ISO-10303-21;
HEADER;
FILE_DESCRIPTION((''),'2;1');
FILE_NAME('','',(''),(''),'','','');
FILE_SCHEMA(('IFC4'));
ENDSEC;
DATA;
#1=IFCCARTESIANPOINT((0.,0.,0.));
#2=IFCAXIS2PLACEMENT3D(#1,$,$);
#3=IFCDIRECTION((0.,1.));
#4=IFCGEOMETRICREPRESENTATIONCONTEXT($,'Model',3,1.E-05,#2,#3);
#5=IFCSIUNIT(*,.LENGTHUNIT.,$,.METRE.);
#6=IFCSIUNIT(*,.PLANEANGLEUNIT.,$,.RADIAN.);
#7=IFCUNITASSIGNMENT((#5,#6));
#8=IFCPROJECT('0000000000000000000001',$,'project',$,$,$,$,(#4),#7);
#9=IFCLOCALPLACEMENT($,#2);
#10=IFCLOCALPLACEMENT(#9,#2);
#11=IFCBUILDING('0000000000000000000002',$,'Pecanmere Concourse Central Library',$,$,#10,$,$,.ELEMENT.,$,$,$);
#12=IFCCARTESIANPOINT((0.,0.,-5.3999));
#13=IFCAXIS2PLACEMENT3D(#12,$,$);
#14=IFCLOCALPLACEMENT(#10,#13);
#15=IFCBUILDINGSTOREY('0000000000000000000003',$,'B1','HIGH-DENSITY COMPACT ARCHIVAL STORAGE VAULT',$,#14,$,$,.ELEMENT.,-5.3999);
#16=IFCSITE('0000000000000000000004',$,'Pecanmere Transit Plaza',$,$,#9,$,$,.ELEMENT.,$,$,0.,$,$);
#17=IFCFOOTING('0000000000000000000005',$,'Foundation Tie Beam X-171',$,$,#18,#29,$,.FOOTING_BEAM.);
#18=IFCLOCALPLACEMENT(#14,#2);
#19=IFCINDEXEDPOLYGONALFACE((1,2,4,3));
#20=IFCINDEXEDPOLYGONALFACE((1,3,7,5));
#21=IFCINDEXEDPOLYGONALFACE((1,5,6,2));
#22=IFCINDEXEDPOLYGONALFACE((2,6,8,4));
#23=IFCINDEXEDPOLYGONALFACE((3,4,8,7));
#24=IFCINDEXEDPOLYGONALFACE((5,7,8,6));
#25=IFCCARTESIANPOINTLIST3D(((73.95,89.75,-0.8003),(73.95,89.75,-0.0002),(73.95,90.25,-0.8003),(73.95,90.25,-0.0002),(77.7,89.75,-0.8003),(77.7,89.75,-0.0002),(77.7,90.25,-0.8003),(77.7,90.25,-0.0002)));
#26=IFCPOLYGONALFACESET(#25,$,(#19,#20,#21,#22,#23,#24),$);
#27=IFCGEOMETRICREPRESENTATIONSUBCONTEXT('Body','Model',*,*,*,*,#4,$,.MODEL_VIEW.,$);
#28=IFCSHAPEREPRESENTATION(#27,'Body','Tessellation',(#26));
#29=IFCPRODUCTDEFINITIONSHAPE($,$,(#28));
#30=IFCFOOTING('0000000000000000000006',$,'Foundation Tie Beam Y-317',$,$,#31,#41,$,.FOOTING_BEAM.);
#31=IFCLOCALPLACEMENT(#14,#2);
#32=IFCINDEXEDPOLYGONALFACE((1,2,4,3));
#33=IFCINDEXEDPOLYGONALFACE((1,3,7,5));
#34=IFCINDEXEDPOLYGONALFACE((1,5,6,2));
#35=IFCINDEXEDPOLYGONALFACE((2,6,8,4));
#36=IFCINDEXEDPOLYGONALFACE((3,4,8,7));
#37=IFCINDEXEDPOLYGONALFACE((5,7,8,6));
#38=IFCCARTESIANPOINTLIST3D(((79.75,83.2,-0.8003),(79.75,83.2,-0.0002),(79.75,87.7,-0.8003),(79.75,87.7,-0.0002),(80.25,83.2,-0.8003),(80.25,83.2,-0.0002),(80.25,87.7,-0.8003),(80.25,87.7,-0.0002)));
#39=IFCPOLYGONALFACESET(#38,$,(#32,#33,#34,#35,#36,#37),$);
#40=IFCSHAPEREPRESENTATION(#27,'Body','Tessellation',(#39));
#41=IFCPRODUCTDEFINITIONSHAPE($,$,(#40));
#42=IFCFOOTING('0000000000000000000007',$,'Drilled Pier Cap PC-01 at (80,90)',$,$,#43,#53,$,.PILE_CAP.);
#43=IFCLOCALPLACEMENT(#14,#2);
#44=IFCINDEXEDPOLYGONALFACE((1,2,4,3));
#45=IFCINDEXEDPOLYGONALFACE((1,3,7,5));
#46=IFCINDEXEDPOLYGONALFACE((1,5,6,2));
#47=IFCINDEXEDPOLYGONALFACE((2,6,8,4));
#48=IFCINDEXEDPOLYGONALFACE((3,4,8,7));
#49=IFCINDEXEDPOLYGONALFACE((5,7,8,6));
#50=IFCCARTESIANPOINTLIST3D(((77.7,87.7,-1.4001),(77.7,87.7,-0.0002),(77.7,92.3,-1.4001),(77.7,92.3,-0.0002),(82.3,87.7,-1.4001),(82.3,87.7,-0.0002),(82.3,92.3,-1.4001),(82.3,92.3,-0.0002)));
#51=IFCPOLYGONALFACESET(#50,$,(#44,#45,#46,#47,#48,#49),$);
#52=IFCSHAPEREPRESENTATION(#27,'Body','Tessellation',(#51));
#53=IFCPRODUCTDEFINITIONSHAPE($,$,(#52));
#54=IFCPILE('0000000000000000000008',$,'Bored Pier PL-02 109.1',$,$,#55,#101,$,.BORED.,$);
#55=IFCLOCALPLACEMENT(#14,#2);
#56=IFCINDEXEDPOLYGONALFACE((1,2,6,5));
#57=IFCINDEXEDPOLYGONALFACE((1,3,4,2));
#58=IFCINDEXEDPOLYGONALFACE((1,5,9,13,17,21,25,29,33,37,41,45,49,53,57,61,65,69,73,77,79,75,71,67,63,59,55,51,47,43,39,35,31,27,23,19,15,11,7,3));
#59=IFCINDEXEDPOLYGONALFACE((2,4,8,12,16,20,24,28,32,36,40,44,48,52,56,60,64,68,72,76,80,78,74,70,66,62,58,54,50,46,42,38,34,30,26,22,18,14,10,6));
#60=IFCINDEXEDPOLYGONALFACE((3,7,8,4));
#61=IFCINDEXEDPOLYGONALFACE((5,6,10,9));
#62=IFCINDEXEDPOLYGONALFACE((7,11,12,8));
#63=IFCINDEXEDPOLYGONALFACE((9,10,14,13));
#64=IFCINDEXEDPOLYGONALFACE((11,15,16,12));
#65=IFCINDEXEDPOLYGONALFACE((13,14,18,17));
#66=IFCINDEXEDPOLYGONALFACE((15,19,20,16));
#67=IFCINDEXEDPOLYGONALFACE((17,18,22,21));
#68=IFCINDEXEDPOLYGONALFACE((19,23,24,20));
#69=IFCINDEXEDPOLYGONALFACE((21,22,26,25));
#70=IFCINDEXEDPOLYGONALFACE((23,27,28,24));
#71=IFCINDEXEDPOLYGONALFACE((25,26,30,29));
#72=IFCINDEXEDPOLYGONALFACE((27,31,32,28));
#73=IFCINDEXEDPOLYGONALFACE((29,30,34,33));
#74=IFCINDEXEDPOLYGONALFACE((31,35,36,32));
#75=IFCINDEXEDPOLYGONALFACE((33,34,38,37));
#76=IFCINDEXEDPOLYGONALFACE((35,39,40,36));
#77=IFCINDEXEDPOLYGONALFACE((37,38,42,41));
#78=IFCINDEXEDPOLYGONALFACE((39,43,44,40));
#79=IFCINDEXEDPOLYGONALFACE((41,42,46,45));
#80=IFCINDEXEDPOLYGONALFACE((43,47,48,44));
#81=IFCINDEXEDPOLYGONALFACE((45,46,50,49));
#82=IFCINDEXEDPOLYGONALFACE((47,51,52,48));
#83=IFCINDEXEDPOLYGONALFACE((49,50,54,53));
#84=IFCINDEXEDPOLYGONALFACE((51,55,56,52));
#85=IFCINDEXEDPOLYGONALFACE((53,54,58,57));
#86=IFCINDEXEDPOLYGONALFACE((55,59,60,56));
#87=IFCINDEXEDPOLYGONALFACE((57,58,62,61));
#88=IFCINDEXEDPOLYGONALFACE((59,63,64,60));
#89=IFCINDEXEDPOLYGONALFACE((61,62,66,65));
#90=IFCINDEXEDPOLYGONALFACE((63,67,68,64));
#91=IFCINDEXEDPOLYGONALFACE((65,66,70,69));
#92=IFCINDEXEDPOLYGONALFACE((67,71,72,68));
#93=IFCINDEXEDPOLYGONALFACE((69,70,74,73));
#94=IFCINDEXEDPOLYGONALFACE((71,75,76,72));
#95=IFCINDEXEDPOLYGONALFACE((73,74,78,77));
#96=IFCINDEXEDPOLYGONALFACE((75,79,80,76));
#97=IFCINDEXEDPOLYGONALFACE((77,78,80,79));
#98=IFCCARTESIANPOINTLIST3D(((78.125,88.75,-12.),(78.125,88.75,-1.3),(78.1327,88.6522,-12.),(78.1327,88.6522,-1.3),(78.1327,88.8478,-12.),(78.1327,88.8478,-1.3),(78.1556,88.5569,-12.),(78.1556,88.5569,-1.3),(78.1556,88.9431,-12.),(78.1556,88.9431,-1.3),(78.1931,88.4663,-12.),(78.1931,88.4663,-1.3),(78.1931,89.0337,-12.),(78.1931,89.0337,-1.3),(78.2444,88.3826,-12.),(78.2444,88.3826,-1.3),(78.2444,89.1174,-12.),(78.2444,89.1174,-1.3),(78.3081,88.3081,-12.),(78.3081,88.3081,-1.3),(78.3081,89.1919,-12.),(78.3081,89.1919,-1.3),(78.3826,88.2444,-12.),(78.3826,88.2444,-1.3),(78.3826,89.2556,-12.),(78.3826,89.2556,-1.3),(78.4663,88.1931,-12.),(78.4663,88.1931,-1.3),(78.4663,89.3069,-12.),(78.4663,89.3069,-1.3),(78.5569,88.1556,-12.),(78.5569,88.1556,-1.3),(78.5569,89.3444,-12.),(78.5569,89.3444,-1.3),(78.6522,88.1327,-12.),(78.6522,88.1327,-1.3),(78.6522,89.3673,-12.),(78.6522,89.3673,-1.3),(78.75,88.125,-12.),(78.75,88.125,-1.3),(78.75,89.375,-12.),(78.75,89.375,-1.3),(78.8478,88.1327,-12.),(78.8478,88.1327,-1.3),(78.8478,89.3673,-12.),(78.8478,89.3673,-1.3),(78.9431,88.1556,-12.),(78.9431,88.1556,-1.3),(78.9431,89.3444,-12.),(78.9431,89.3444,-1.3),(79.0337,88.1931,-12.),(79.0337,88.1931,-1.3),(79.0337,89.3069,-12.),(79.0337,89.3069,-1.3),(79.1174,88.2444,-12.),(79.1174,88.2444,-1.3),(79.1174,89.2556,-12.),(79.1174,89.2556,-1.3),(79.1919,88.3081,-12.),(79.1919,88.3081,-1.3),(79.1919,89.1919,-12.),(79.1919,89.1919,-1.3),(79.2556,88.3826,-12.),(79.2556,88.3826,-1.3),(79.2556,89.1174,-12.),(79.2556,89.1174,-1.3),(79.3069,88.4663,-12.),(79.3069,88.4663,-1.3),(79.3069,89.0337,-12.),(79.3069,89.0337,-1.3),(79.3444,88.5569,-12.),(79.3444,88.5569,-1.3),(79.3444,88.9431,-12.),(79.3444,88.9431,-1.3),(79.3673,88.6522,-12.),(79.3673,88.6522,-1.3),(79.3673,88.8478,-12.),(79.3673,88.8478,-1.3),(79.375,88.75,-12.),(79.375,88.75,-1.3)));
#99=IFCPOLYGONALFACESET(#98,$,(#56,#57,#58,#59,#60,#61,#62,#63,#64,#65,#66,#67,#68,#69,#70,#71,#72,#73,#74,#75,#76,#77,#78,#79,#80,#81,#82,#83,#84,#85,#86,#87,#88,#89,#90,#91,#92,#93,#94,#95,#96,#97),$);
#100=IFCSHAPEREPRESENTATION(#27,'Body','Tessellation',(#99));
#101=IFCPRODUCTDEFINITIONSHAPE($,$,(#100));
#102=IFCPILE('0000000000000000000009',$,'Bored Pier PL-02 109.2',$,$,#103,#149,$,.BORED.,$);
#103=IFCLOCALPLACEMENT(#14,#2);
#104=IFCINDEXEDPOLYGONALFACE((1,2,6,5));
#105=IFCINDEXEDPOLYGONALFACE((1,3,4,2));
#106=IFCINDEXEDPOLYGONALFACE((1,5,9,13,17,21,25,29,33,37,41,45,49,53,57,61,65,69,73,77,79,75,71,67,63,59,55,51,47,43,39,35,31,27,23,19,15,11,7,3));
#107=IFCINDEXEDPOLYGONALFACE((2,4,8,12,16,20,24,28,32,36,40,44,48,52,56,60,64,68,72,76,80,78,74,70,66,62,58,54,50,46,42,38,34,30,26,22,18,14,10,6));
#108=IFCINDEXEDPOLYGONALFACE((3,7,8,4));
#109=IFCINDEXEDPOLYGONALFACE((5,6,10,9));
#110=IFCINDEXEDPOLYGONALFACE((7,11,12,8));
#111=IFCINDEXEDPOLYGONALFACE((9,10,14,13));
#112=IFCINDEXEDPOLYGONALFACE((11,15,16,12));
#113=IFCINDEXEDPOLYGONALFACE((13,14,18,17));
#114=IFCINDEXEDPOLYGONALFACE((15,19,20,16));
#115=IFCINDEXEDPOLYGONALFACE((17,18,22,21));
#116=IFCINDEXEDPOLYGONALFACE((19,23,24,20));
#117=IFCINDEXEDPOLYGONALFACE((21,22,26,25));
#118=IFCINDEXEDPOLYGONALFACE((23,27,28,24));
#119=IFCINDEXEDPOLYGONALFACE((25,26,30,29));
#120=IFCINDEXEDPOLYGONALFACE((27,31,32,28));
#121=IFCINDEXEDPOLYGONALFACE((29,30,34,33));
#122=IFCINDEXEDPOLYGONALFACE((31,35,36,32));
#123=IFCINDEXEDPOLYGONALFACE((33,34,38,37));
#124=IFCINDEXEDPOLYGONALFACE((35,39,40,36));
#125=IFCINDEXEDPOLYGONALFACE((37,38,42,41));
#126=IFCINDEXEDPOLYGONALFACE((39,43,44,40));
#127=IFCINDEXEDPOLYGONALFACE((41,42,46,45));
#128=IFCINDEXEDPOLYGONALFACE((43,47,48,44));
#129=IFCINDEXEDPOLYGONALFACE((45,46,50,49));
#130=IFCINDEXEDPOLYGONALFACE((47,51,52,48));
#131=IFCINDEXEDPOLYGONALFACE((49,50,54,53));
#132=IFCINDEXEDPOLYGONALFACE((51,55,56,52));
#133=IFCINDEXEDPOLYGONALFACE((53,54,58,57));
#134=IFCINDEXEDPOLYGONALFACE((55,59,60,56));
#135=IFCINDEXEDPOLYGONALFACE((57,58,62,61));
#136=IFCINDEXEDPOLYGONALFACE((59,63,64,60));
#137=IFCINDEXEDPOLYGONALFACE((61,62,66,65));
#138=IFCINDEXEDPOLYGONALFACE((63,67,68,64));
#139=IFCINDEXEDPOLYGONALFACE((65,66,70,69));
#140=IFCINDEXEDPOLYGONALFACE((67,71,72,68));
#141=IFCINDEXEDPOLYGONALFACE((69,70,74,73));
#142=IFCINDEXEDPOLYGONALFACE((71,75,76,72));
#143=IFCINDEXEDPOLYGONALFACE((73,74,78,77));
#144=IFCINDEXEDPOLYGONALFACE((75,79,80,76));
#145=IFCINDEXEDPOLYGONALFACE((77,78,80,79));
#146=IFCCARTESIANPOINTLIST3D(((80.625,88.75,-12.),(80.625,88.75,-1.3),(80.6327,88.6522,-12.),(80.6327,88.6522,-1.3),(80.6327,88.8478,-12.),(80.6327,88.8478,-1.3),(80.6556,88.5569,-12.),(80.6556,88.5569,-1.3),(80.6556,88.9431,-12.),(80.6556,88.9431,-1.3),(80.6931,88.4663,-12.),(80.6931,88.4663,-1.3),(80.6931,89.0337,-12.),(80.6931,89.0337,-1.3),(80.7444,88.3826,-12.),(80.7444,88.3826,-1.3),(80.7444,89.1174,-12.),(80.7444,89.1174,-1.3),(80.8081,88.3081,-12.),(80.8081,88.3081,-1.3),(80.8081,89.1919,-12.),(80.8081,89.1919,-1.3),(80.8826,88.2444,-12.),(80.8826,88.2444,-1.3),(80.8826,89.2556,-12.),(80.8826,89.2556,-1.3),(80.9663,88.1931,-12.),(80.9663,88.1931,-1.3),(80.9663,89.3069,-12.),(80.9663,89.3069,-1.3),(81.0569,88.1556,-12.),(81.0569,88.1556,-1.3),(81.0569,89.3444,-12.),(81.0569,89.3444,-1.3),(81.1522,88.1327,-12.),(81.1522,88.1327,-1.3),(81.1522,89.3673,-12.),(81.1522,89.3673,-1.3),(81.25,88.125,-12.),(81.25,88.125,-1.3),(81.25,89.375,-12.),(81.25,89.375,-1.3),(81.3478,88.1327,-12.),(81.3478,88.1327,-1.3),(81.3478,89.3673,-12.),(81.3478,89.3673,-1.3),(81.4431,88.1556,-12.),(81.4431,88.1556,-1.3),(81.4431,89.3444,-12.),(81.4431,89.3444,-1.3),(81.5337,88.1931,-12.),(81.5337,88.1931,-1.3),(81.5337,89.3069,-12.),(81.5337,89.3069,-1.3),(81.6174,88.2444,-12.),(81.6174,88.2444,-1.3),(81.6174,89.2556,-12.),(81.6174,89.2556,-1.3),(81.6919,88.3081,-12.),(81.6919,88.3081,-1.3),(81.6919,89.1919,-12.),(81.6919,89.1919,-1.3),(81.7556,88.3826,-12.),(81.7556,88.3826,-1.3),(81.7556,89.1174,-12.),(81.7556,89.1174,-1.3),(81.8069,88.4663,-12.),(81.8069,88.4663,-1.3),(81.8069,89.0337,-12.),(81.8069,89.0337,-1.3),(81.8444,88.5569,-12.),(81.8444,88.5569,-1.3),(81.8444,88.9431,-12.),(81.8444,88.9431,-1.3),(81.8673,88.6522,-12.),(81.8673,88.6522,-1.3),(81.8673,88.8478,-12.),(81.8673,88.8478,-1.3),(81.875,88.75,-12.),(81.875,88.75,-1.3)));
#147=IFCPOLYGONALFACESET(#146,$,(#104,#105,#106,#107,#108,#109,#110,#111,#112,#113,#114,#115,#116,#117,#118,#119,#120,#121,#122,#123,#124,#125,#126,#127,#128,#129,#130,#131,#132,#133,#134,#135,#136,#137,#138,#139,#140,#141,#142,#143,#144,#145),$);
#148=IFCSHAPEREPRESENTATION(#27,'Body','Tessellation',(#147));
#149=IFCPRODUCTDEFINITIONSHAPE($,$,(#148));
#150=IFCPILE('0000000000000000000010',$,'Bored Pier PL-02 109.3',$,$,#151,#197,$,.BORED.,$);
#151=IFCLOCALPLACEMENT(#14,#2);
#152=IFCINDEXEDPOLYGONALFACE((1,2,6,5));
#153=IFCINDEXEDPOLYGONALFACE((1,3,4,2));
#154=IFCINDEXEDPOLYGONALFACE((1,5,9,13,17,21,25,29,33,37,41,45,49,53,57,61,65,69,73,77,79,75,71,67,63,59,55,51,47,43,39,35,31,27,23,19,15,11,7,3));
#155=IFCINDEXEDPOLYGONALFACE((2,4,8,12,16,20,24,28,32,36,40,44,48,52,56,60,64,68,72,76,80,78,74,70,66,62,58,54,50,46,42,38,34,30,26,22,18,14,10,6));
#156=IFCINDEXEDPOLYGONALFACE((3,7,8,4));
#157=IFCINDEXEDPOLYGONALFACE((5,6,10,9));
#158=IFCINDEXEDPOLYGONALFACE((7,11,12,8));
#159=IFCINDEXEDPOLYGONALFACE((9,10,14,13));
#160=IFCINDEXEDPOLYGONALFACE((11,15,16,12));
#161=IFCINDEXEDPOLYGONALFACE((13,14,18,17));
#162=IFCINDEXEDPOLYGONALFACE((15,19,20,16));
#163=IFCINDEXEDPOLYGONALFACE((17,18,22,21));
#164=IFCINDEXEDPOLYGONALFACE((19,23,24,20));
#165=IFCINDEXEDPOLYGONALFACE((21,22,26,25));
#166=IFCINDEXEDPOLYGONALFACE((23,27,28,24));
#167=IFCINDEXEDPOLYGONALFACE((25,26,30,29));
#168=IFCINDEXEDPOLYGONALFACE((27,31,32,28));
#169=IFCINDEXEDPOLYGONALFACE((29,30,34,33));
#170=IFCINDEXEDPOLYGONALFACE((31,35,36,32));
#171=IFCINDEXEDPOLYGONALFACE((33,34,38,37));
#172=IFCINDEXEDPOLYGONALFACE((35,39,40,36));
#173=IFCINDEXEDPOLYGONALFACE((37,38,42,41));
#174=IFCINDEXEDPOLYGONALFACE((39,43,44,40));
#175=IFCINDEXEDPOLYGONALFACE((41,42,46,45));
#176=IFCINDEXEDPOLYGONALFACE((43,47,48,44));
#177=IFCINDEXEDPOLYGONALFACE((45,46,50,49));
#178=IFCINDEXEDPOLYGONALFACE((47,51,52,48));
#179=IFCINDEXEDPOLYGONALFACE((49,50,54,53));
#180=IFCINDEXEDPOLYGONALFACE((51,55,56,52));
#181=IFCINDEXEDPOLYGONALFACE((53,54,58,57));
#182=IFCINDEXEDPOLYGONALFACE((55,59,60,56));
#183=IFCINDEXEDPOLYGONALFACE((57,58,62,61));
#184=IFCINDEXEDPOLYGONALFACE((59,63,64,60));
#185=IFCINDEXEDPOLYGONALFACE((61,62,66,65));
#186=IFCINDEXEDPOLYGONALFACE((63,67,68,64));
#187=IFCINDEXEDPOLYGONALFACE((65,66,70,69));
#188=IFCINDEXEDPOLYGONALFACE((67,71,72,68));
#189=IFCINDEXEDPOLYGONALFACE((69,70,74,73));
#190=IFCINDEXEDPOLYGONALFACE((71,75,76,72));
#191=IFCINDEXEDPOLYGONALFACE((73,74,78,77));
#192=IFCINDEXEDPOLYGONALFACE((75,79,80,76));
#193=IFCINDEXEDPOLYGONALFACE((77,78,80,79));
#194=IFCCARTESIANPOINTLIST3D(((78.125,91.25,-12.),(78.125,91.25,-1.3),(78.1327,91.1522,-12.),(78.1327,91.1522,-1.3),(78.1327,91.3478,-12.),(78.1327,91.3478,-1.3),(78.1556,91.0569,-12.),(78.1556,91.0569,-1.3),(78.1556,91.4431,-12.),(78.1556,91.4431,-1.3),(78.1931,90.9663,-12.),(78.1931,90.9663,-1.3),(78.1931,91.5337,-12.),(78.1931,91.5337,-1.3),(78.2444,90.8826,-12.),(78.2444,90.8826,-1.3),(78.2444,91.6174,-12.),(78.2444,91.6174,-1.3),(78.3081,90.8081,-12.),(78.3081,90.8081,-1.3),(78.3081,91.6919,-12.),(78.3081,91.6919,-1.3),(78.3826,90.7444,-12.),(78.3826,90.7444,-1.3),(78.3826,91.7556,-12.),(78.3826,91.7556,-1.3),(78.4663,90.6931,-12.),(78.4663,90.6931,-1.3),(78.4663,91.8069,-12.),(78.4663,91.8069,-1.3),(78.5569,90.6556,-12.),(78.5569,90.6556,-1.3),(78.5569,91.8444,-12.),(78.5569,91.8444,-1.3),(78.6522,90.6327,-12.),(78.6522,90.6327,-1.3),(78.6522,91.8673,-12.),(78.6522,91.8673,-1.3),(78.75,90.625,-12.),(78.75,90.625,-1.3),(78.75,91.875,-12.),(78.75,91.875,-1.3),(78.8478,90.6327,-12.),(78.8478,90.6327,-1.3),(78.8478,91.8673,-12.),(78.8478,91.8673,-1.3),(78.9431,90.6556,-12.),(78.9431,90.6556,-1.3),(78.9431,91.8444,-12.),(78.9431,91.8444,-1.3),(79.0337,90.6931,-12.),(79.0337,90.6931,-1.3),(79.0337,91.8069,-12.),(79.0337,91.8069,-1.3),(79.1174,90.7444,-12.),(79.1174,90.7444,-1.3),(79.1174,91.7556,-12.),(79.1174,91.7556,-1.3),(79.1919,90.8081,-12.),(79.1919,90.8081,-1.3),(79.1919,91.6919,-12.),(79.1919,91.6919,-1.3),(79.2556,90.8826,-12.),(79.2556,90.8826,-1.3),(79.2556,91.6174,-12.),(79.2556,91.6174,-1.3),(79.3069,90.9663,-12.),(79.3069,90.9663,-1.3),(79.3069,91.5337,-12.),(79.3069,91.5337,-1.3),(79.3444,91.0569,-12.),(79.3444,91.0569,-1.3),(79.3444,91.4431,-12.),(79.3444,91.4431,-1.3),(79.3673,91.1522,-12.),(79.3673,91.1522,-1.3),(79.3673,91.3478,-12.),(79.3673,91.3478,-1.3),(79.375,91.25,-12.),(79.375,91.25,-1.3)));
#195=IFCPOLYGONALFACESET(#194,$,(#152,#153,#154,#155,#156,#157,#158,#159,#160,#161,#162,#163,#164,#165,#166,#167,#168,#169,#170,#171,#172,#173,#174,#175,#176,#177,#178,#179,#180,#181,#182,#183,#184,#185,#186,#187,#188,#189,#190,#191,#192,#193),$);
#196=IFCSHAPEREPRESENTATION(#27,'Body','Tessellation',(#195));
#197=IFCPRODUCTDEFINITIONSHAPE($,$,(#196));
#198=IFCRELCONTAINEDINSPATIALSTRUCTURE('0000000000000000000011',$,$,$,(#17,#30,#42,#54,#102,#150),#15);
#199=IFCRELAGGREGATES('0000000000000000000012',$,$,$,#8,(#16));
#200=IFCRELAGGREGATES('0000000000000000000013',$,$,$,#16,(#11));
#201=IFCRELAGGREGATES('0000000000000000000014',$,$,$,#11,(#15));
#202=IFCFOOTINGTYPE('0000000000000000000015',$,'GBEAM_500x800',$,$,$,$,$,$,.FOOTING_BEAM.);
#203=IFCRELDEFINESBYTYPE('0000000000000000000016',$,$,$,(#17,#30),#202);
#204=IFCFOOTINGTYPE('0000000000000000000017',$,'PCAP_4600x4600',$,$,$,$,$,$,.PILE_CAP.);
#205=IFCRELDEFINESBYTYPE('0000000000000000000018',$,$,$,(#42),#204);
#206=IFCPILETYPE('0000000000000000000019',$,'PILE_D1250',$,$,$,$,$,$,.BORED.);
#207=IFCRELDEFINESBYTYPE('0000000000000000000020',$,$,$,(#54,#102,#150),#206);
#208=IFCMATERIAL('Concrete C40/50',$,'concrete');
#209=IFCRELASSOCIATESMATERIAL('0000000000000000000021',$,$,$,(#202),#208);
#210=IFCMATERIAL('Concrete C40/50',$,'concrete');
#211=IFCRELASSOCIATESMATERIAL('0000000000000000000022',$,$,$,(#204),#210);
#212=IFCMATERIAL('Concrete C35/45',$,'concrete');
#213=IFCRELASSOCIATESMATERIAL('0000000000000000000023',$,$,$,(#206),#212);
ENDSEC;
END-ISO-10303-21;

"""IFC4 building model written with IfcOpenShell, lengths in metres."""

from ifc_helpers import new_model, si_unit, direction, frame, origin, origin_2d, place, context, subcontext, project, spatial, rectangle, circle, extrude, material, material_profile, profile_set, type_object, element, save


model = new_model("IFC4")

# Units and contexts
model_context = context("Model", 3, precision=1e-05, world=origin(), true_north=direction((0.0, 1.0)))
body_context = subcontext(model_context, "Body", "Model", "MODEL_VIEW")
ifc_project = project(units=[si_unit("LENGTHUNIT", "METRE"), si_unit("PLANEANGLEUNIT", "RADIAN")], contexts=[model_context])

# Site, building, storey
site_placement = place(None, origin())
site = spatial("IfcSite", under=ifc_project, at=site_placement, Name="Pecanmere Transit Plaza", CompositionType="ELEMENT", RefElevation=0.0)
building_placement = place(site_placement, origin())
building = spatial("IfcBuilding", under=site, at=building_placement, Name="Pecanmere Concourse Central Library", CompositionType="ELEMENT")
storey_placement = place(building_placement, frame((0.0, 0.0, -5.3999)))
storey = spatial("IfcBuildingStorey", under=building, at=storey_placement, Name="B1", Description="HIGH-DENSITY COMPACT ARCHIVAL STORAGE VAULT", CompositionType="ELEMENT", Elevation=-5.3999)

# Footings
ifc_material_1 = material(Name="Concrete C40/50", Category="concrete")
ifc_material_profile_1 = material_profile(ifc_material_1, rectangle(XDim=0.5, YDim=0.8, at=origin_2d()), Name="RC 500x800")
ifc_profile_set_1 = profile_set([ifc_material_profile_1], Name="Concrete C40/50")
footing_type_1 = type_object("IfcFootingType", Name="GBEAM_500x800", PredefinedType="FOOTING_BEAM", material=ifc_profile_set_1)
footing_1_placement = place(storey_placement, frame((75.825, 90.0, -0.8003), z_axis=(0.0, 0.0, 1.0), x_axis=(1.0, 0.0, 0.0)))
element("IfcFooting", 1, at=footing_1_placement, inside=storey, type_object=footing_type_1, Name="Foundation Tie Beam X-171", PredefinedType="FOOTING_BEAM", context=body_context, shape_type="SweptSolid", body=[
    extrude(rectangle(XDim=3.75, YDim=0.5, at=origin_2d()), origin(), (0.0, 0.0, 1.0), 0.8),
])
footing_2_placement = place(storey_placement, frame((80.0, 85.45, -0.8003), z_axis=(0.0, 0.0, 1.0), x_axis=(0.0, 1.0, 0.0)))
element("IfcFooting", 2, at=footing_2_placement, inside=storey, type_object=footing_type_1, Name="Foundation Tie Beam Y-317", PredefinedType="FOOTING_BEAM", context=body_context, shape_type="SweptSolid", body=[
    extrude(rectangle(XDim=4.5, YDim=0.5, at=origin_2d()), origin(), (0.0, 0.0, 1.0), 0.8),
])
ifc_material_2 = material(Name="Concrete C40/50", Category="concrete")
footing_type_2 = type_object("IfcFootingType", Name="PCAP_4600x4600", PredefinedType="PILE_CAP", material=ifc_material_2)
footing_3_placement = place(storey_placement, frame((80.0, 90.0, -1.4001), z_axis=(0.0, 0.0, 1.0), x_axis=(1.0, 0.0, 0.0)))
element("IfcFooting", 3, at=footing_3_placement, inside=storey, type_object=footing_type_2, Name="Drilled Pier Cap PC-01 at (80,90)", PredefinedType="PILE_CAP", context=body_context, shape_type="SweptSolid", body=[
    extrude(rectangle(XDim=4.6001, YDim=4.6001, at=origin_2d()), origin(), (0.0, 0.0, 1.0), 1.3999),
])

# Piles
ifc_material_3 = material(Name="Concrete C35/45", Category="concrete")
ifc_material_profile_2 = material_profile(ifc_material_3, circle(Radius=0.625, at=origin_2d()), Name="PIER D1250")
ifc_profile_set_2 = profile_set([ifc_material_profile_2], Name="Concrete C35/45")
pile_type_1 = type_object("IfcPileType", Name="PILE_D1250", PredefinedType="BORED", material=ifc_profile_set_2)
for number, where, z_axis, x_axis, name in (
    (4, (78.75, 88.75, -1.3), (0.0, 0.0, -1.0), (1.0, 0.0, 0.0), "Bored Pier PL-02 109.1"),
    (5, (81.25, 88.75, -1.3), (0.0, 0.0, -1.0), (1.0, 0.0, 0.0), "Bored Pier PL-02 109.2"),
    (6, (78.75, 91.25, -1.3), (0.0, 0.0, -1.0), (1.0, 0.0, 0.0), "Bored Pier PL-02 109.3"),
):
    element("IfcPile", number, at=place(storey_placement, frame(where, z_axis=z_axis, x_axis=x_axis)), inside=storey, type_object=pile_type_1, Name=name, PredefinedType="BORED", context=body_context, shape_type="SweptSolid", body=[
        extrude(circle(Radius=0.625, at=origin_2d()), origin(), (0.0, 0.0, 1.0), 10.7),
    ])

save(model, "model.ifc")
